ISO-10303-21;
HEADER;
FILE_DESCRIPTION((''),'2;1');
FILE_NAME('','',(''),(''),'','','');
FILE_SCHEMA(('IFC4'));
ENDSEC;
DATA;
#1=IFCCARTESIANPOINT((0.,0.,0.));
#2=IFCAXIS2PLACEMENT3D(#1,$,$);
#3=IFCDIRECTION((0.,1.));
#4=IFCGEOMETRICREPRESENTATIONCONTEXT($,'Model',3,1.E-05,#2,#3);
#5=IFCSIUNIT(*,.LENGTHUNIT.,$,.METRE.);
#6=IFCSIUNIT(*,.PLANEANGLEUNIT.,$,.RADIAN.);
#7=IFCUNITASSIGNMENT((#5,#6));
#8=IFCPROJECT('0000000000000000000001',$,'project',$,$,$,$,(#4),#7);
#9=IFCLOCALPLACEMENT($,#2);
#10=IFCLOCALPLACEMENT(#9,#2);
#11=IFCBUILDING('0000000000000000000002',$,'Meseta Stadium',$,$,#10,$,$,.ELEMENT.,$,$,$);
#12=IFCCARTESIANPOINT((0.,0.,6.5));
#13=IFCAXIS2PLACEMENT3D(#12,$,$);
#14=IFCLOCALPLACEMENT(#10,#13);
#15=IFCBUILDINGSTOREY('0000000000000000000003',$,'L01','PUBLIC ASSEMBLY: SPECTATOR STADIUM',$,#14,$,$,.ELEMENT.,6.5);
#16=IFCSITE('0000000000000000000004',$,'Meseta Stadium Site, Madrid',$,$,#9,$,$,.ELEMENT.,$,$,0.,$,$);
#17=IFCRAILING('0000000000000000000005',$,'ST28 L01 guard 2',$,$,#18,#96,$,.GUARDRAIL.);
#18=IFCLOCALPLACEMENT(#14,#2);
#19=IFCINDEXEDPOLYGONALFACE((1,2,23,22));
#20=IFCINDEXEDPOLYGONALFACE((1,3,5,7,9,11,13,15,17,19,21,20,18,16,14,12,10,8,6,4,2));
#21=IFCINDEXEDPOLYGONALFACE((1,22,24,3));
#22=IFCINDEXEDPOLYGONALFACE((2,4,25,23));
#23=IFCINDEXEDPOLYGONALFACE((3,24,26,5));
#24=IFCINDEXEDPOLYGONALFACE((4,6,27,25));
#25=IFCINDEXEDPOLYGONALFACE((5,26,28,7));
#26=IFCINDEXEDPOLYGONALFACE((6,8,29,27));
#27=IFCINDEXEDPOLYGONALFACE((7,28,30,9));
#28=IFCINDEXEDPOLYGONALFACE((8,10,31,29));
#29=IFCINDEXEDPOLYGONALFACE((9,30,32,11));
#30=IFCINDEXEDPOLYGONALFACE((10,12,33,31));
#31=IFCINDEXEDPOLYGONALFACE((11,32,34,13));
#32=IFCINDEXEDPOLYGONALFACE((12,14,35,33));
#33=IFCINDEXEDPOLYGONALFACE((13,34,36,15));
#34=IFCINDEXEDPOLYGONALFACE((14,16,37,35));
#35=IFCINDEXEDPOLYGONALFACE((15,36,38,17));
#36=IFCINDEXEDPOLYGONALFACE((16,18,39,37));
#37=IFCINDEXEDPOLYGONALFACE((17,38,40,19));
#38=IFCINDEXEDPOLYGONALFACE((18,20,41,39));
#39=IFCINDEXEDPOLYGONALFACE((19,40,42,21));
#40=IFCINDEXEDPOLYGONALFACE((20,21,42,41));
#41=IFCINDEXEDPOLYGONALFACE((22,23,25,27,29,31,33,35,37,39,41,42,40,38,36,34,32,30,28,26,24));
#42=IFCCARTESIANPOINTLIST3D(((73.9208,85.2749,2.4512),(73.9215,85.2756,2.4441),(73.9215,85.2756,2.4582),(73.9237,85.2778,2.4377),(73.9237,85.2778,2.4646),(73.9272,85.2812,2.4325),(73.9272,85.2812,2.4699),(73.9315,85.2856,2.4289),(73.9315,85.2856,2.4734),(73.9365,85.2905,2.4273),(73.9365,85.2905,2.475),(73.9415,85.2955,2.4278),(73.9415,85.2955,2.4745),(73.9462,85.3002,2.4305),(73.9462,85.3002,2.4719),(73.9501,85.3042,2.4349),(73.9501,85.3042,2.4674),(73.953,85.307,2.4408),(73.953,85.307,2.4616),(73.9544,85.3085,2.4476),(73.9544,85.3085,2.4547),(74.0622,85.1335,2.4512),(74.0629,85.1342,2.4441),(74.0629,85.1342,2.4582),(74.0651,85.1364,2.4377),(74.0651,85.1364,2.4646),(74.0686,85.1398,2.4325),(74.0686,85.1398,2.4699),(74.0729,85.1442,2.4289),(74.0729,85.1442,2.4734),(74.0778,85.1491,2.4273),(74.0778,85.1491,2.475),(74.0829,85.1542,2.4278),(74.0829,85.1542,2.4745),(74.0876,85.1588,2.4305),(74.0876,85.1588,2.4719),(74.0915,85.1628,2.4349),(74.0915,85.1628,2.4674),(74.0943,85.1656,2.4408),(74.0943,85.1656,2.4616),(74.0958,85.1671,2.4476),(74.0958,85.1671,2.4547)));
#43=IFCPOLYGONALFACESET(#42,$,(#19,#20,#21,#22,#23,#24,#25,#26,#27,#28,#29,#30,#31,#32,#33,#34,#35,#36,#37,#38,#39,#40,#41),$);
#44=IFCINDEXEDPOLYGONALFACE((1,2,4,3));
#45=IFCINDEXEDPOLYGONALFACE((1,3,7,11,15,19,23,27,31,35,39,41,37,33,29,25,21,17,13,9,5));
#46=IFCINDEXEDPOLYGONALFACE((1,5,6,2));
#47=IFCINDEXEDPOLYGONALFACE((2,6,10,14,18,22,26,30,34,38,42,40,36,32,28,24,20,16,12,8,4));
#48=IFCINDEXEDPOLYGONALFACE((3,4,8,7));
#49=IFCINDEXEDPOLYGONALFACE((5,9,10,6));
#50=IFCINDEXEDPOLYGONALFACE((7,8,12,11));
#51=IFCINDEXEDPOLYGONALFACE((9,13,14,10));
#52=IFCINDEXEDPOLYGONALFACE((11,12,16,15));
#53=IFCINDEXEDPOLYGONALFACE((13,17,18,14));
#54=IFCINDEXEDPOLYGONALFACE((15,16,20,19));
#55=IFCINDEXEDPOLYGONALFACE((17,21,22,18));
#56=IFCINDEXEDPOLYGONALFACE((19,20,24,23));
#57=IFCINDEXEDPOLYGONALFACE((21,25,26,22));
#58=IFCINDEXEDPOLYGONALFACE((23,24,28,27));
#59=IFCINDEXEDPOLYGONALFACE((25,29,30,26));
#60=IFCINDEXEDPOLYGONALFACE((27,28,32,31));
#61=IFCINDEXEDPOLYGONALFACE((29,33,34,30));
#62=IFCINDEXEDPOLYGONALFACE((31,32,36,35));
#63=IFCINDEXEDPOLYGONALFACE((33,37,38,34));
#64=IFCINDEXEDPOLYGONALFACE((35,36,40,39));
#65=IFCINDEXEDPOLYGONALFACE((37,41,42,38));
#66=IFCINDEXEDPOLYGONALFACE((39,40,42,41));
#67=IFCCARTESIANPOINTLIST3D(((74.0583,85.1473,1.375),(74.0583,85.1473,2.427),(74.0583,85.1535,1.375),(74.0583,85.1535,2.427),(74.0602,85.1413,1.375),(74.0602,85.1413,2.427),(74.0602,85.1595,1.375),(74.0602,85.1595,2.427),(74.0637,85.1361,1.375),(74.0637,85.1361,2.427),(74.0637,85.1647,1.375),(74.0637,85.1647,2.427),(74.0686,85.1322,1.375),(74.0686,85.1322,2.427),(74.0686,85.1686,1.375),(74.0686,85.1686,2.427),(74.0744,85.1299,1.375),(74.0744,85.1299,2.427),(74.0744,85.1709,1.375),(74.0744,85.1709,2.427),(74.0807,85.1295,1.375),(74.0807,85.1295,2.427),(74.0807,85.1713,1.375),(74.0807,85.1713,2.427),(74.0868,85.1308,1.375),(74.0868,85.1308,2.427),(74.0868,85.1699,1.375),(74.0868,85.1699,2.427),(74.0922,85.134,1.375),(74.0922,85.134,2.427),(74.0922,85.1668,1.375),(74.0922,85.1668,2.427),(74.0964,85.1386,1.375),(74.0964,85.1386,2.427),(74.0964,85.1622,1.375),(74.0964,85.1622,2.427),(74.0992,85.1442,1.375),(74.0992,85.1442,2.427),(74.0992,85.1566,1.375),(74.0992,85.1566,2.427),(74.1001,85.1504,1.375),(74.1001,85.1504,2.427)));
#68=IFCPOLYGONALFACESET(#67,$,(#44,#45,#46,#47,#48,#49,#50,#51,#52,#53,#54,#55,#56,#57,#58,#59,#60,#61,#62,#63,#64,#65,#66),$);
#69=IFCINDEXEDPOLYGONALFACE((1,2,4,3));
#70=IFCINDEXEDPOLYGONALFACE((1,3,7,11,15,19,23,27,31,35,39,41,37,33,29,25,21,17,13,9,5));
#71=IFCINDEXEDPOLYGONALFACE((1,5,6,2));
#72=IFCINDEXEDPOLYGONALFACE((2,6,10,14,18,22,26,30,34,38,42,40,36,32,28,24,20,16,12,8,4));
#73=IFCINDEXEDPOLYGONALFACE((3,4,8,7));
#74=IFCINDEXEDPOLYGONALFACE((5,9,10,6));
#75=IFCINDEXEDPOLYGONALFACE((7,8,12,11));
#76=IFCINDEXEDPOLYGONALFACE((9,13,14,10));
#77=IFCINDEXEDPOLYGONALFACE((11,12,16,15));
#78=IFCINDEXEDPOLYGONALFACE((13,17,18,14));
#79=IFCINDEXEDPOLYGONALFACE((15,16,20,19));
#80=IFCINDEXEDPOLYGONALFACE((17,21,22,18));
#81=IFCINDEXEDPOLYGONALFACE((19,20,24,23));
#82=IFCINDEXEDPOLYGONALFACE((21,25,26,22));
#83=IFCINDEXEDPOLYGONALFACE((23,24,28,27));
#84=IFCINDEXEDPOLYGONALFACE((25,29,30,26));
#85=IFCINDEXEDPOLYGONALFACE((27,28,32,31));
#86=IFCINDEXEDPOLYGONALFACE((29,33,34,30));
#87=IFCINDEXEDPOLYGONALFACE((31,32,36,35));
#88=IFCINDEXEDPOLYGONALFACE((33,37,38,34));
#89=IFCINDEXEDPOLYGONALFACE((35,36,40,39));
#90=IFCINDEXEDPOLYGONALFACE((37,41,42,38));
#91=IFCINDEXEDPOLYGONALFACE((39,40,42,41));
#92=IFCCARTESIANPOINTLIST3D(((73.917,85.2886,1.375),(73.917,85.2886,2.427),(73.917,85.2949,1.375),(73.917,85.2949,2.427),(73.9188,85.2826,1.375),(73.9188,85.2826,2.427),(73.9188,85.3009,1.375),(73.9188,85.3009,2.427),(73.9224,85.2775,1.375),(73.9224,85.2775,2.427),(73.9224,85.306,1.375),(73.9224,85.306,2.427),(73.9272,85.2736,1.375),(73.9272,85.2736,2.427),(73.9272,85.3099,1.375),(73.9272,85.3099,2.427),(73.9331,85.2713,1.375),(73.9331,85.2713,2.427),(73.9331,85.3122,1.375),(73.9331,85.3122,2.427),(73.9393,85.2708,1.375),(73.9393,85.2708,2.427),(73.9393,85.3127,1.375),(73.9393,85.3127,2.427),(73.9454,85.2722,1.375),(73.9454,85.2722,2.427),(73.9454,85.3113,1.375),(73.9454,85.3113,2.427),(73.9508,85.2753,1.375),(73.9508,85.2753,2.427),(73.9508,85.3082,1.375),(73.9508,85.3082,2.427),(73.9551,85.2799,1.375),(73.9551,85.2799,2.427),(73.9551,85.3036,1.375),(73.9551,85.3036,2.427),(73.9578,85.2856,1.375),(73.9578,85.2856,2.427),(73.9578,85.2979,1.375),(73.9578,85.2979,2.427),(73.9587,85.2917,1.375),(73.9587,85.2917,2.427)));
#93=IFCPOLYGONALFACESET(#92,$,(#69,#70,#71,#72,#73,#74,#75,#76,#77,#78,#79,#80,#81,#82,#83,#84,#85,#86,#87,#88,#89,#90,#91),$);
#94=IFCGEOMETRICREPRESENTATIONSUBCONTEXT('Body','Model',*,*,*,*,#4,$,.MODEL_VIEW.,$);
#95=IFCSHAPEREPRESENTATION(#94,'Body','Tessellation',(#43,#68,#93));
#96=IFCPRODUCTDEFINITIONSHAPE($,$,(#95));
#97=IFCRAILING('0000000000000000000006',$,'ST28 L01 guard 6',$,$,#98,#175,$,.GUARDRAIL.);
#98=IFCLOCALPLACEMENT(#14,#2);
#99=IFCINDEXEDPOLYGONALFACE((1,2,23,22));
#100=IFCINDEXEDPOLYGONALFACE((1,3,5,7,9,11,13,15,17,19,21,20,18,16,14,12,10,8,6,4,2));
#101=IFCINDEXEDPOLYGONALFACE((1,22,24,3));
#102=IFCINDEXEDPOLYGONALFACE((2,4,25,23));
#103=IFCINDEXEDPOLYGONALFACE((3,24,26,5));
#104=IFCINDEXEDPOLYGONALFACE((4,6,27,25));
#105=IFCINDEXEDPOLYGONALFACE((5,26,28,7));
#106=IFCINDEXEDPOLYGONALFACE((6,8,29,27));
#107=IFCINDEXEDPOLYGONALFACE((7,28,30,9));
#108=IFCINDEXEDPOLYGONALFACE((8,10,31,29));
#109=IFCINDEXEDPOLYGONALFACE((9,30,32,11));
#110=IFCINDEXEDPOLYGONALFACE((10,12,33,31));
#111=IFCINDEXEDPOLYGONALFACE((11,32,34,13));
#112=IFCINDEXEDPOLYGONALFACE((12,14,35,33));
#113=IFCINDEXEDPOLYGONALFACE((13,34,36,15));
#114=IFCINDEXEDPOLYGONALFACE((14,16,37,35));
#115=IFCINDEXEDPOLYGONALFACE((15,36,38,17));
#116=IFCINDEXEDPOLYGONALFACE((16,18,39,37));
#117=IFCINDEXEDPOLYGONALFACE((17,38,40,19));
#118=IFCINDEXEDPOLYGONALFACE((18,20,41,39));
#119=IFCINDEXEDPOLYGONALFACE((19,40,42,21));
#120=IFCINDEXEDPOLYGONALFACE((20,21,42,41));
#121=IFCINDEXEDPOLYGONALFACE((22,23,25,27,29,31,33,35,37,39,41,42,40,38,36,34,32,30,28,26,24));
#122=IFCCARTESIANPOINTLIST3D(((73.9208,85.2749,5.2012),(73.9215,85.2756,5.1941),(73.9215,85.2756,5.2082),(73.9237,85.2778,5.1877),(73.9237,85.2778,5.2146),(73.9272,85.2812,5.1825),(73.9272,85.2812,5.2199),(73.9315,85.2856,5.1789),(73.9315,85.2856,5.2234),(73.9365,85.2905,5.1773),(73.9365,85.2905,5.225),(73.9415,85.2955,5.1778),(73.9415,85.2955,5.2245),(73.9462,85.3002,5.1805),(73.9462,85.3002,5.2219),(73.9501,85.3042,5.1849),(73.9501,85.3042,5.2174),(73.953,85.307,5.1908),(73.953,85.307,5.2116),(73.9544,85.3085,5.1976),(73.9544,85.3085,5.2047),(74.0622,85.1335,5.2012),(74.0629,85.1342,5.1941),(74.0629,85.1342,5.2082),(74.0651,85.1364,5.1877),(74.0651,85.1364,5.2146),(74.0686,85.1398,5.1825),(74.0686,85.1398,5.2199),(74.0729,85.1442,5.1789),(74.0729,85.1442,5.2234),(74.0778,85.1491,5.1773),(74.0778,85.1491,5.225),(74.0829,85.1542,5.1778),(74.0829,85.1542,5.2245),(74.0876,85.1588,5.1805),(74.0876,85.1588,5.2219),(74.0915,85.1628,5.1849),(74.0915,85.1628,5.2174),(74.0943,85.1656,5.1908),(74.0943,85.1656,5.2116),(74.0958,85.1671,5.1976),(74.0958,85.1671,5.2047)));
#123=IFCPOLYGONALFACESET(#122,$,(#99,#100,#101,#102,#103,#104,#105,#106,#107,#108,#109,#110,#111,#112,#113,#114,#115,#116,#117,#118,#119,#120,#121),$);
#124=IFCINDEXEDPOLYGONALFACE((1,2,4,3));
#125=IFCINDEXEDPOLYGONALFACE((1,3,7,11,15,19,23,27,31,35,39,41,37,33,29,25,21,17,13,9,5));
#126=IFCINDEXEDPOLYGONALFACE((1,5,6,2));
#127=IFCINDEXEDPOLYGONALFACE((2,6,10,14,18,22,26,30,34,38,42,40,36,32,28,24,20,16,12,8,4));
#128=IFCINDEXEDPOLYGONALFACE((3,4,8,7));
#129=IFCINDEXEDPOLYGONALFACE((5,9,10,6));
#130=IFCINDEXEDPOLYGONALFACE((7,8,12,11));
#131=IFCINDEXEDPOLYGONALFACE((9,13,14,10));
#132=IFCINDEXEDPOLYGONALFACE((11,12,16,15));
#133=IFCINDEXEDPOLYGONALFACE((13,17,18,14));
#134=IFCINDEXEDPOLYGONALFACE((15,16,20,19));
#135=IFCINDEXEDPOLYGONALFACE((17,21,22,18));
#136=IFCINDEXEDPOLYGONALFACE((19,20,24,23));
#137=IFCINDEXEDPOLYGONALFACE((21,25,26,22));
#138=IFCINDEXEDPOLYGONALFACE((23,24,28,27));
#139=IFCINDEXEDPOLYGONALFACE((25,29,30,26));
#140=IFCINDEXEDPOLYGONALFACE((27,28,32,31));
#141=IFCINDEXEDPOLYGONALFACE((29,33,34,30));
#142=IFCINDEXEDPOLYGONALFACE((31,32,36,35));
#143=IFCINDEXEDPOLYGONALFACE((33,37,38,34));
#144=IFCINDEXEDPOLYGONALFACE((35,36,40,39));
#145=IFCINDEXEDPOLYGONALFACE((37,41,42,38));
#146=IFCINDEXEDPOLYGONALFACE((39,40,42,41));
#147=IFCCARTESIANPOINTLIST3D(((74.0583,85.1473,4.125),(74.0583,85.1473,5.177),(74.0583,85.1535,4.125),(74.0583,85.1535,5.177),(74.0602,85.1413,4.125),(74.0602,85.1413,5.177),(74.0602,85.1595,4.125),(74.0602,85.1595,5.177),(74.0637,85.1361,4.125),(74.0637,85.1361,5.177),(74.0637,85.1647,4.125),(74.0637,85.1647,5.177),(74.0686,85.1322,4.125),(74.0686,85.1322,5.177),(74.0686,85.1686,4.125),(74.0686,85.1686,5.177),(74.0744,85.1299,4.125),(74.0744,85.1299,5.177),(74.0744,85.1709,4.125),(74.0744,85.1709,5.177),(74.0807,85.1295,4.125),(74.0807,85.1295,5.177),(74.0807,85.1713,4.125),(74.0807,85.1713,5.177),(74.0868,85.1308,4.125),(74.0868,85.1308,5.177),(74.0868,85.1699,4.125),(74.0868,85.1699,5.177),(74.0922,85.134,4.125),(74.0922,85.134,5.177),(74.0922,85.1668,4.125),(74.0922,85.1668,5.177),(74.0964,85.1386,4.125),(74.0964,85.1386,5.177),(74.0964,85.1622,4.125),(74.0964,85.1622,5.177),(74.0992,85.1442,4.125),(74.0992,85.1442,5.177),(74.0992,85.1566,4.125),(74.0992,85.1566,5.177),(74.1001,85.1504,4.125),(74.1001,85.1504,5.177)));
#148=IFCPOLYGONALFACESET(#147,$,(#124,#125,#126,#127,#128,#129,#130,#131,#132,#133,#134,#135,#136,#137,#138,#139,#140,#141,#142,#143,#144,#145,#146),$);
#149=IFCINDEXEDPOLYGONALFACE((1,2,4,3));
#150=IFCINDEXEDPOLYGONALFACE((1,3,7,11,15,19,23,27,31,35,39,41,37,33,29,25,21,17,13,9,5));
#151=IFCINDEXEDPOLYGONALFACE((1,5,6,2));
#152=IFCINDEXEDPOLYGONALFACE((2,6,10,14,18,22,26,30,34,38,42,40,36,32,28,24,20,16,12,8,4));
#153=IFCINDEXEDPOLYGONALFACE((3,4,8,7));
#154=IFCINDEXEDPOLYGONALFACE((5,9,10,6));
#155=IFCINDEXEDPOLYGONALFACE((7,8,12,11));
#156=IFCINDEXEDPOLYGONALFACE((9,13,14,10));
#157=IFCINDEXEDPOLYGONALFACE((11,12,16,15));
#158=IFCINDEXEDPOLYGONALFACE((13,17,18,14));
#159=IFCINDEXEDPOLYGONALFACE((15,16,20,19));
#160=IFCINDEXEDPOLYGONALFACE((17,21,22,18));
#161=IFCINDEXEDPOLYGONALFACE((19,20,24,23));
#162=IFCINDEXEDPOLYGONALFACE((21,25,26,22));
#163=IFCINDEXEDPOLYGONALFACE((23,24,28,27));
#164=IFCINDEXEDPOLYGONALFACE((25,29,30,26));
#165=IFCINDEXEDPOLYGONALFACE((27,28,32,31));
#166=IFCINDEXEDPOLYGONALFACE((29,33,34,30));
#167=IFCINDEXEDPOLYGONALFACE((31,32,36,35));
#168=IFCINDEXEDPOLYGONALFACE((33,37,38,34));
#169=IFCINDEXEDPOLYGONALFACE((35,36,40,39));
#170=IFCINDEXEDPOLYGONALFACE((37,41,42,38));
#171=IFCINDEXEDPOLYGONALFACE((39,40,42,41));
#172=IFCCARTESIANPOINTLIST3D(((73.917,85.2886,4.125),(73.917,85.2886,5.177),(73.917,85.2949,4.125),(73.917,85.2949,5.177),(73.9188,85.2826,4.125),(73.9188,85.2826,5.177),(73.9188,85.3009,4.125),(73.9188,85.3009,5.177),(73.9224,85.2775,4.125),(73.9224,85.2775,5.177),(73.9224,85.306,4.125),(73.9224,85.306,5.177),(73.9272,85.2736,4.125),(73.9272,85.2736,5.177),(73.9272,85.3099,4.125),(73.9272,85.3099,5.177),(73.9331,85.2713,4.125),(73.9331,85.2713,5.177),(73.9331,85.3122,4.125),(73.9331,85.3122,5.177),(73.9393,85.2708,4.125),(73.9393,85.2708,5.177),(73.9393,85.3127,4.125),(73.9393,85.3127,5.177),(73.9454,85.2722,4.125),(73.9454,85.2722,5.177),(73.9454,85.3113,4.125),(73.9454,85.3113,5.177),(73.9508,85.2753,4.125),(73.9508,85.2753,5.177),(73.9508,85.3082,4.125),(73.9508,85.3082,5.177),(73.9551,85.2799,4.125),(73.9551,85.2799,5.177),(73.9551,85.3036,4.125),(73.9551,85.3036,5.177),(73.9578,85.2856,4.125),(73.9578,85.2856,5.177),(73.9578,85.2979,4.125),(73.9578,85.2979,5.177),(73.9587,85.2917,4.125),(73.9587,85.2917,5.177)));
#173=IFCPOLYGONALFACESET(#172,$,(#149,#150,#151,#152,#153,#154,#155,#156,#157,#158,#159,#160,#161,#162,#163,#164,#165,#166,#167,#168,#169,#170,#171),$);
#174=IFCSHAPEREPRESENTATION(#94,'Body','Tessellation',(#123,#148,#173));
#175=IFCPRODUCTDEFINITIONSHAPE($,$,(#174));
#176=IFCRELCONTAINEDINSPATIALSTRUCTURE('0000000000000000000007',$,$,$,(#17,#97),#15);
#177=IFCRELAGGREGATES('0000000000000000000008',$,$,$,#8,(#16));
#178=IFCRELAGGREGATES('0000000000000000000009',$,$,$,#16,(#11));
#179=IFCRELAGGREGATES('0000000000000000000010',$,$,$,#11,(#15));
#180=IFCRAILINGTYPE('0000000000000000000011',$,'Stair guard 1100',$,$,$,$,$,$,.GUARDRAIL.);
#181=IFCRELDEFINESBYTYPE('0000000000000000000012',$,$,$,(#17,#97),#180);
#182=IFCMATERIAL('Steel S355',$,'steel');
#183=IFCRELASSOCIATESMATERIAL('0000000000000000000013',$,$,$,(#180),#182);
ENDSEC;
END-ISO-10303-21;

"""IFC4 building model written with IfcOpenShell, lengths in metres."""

from ifc_helpers import new_model, si_unit, direction, frame, origin, origin_2d, place, context, subcontext, project, spatial, circle, extrude, material, type_object, element, save


model = new_model("IFC4")

# Units and contexts
model_context = context("Model", 3, precision=1e-05, world=origin(), true_north=direction((0.0, 1.0)))
body_context = subcontext(model_context, "Body", "Model", "MODEL_VIEW")
ifc_project = project(units=[si_unit("LENGTHUNIT", "METRE"), si_unit("PLANEANGLEUNIT", "RADIAN")], contexts=[model_context])

# Site, building, storey
site_placement = place(None, origin())
site = spatial("IfcSite", under=ifc_project, at=site_placement, Name="Meseta Stadium Site, Madrid", CompositionType="ELEMENT", RefElevation=0.0)
building_placement = place(site_placement, origin())
building = spatial("IfcBuilding", under=site, at=building_placement, Name="Meseta Stadium", CompositionType="ELEMENT")
storey_placement = place(building_placement, frame((0.0, 0.0, 6.5)))
storey = spatial("IfcBuildingStorey", under=building, at=storey_placement, Name="L01", Description="PUBLIC ASSEMBLY: SPECTATOR STADIUM", CompositionType="ELEMENT", Elevation=6.5)

# Railings
ifc_material_1 = material(Name="Steel S355", Category="steel")
railing_type_1 = type_object("IfcRailingType", Name="Stair guard 1100", PredefinedType="GUARDRAIL", material=ifc_material_1)
for number, where, name in (
    (1, (74.0791, 85.1504, 1.375), "ST28 L01 guard 2"),
    (2, (74.0791, 85.1504, 4.125), "ST28 L01 guard 6"),
):
    element("IfcRailing", number, at=place(storey_placement, frame(where)), inside=storey, type_object=railing_type_1, Name=name, PredefinedType="GUARDRAIL", context=body_context, shape_type="SweptSolid", body=[
        extrude(circle(Radius=0.0239, at=origin_2d()), frame((0.0, 0.0, 1.0762), z_axis=(-0.707107, 0.707107, 0.0), x_axis=(-0.707107, -0.707107, 0.0)), (0.0, 0.0, 1.0), 0.2),
        extrude(circle(Radius=0.021, at=origin_2d()), origin(), (0.0, 0.0, 1.0), 1.052),
        extrude(circle(Radius=0.021, at=origin_2d()), frame((-0.1414, 0.1414, 0.0)), (0.0, 0.0, 1.0), 1.052),
    ])

save(model, "model.ifc")
